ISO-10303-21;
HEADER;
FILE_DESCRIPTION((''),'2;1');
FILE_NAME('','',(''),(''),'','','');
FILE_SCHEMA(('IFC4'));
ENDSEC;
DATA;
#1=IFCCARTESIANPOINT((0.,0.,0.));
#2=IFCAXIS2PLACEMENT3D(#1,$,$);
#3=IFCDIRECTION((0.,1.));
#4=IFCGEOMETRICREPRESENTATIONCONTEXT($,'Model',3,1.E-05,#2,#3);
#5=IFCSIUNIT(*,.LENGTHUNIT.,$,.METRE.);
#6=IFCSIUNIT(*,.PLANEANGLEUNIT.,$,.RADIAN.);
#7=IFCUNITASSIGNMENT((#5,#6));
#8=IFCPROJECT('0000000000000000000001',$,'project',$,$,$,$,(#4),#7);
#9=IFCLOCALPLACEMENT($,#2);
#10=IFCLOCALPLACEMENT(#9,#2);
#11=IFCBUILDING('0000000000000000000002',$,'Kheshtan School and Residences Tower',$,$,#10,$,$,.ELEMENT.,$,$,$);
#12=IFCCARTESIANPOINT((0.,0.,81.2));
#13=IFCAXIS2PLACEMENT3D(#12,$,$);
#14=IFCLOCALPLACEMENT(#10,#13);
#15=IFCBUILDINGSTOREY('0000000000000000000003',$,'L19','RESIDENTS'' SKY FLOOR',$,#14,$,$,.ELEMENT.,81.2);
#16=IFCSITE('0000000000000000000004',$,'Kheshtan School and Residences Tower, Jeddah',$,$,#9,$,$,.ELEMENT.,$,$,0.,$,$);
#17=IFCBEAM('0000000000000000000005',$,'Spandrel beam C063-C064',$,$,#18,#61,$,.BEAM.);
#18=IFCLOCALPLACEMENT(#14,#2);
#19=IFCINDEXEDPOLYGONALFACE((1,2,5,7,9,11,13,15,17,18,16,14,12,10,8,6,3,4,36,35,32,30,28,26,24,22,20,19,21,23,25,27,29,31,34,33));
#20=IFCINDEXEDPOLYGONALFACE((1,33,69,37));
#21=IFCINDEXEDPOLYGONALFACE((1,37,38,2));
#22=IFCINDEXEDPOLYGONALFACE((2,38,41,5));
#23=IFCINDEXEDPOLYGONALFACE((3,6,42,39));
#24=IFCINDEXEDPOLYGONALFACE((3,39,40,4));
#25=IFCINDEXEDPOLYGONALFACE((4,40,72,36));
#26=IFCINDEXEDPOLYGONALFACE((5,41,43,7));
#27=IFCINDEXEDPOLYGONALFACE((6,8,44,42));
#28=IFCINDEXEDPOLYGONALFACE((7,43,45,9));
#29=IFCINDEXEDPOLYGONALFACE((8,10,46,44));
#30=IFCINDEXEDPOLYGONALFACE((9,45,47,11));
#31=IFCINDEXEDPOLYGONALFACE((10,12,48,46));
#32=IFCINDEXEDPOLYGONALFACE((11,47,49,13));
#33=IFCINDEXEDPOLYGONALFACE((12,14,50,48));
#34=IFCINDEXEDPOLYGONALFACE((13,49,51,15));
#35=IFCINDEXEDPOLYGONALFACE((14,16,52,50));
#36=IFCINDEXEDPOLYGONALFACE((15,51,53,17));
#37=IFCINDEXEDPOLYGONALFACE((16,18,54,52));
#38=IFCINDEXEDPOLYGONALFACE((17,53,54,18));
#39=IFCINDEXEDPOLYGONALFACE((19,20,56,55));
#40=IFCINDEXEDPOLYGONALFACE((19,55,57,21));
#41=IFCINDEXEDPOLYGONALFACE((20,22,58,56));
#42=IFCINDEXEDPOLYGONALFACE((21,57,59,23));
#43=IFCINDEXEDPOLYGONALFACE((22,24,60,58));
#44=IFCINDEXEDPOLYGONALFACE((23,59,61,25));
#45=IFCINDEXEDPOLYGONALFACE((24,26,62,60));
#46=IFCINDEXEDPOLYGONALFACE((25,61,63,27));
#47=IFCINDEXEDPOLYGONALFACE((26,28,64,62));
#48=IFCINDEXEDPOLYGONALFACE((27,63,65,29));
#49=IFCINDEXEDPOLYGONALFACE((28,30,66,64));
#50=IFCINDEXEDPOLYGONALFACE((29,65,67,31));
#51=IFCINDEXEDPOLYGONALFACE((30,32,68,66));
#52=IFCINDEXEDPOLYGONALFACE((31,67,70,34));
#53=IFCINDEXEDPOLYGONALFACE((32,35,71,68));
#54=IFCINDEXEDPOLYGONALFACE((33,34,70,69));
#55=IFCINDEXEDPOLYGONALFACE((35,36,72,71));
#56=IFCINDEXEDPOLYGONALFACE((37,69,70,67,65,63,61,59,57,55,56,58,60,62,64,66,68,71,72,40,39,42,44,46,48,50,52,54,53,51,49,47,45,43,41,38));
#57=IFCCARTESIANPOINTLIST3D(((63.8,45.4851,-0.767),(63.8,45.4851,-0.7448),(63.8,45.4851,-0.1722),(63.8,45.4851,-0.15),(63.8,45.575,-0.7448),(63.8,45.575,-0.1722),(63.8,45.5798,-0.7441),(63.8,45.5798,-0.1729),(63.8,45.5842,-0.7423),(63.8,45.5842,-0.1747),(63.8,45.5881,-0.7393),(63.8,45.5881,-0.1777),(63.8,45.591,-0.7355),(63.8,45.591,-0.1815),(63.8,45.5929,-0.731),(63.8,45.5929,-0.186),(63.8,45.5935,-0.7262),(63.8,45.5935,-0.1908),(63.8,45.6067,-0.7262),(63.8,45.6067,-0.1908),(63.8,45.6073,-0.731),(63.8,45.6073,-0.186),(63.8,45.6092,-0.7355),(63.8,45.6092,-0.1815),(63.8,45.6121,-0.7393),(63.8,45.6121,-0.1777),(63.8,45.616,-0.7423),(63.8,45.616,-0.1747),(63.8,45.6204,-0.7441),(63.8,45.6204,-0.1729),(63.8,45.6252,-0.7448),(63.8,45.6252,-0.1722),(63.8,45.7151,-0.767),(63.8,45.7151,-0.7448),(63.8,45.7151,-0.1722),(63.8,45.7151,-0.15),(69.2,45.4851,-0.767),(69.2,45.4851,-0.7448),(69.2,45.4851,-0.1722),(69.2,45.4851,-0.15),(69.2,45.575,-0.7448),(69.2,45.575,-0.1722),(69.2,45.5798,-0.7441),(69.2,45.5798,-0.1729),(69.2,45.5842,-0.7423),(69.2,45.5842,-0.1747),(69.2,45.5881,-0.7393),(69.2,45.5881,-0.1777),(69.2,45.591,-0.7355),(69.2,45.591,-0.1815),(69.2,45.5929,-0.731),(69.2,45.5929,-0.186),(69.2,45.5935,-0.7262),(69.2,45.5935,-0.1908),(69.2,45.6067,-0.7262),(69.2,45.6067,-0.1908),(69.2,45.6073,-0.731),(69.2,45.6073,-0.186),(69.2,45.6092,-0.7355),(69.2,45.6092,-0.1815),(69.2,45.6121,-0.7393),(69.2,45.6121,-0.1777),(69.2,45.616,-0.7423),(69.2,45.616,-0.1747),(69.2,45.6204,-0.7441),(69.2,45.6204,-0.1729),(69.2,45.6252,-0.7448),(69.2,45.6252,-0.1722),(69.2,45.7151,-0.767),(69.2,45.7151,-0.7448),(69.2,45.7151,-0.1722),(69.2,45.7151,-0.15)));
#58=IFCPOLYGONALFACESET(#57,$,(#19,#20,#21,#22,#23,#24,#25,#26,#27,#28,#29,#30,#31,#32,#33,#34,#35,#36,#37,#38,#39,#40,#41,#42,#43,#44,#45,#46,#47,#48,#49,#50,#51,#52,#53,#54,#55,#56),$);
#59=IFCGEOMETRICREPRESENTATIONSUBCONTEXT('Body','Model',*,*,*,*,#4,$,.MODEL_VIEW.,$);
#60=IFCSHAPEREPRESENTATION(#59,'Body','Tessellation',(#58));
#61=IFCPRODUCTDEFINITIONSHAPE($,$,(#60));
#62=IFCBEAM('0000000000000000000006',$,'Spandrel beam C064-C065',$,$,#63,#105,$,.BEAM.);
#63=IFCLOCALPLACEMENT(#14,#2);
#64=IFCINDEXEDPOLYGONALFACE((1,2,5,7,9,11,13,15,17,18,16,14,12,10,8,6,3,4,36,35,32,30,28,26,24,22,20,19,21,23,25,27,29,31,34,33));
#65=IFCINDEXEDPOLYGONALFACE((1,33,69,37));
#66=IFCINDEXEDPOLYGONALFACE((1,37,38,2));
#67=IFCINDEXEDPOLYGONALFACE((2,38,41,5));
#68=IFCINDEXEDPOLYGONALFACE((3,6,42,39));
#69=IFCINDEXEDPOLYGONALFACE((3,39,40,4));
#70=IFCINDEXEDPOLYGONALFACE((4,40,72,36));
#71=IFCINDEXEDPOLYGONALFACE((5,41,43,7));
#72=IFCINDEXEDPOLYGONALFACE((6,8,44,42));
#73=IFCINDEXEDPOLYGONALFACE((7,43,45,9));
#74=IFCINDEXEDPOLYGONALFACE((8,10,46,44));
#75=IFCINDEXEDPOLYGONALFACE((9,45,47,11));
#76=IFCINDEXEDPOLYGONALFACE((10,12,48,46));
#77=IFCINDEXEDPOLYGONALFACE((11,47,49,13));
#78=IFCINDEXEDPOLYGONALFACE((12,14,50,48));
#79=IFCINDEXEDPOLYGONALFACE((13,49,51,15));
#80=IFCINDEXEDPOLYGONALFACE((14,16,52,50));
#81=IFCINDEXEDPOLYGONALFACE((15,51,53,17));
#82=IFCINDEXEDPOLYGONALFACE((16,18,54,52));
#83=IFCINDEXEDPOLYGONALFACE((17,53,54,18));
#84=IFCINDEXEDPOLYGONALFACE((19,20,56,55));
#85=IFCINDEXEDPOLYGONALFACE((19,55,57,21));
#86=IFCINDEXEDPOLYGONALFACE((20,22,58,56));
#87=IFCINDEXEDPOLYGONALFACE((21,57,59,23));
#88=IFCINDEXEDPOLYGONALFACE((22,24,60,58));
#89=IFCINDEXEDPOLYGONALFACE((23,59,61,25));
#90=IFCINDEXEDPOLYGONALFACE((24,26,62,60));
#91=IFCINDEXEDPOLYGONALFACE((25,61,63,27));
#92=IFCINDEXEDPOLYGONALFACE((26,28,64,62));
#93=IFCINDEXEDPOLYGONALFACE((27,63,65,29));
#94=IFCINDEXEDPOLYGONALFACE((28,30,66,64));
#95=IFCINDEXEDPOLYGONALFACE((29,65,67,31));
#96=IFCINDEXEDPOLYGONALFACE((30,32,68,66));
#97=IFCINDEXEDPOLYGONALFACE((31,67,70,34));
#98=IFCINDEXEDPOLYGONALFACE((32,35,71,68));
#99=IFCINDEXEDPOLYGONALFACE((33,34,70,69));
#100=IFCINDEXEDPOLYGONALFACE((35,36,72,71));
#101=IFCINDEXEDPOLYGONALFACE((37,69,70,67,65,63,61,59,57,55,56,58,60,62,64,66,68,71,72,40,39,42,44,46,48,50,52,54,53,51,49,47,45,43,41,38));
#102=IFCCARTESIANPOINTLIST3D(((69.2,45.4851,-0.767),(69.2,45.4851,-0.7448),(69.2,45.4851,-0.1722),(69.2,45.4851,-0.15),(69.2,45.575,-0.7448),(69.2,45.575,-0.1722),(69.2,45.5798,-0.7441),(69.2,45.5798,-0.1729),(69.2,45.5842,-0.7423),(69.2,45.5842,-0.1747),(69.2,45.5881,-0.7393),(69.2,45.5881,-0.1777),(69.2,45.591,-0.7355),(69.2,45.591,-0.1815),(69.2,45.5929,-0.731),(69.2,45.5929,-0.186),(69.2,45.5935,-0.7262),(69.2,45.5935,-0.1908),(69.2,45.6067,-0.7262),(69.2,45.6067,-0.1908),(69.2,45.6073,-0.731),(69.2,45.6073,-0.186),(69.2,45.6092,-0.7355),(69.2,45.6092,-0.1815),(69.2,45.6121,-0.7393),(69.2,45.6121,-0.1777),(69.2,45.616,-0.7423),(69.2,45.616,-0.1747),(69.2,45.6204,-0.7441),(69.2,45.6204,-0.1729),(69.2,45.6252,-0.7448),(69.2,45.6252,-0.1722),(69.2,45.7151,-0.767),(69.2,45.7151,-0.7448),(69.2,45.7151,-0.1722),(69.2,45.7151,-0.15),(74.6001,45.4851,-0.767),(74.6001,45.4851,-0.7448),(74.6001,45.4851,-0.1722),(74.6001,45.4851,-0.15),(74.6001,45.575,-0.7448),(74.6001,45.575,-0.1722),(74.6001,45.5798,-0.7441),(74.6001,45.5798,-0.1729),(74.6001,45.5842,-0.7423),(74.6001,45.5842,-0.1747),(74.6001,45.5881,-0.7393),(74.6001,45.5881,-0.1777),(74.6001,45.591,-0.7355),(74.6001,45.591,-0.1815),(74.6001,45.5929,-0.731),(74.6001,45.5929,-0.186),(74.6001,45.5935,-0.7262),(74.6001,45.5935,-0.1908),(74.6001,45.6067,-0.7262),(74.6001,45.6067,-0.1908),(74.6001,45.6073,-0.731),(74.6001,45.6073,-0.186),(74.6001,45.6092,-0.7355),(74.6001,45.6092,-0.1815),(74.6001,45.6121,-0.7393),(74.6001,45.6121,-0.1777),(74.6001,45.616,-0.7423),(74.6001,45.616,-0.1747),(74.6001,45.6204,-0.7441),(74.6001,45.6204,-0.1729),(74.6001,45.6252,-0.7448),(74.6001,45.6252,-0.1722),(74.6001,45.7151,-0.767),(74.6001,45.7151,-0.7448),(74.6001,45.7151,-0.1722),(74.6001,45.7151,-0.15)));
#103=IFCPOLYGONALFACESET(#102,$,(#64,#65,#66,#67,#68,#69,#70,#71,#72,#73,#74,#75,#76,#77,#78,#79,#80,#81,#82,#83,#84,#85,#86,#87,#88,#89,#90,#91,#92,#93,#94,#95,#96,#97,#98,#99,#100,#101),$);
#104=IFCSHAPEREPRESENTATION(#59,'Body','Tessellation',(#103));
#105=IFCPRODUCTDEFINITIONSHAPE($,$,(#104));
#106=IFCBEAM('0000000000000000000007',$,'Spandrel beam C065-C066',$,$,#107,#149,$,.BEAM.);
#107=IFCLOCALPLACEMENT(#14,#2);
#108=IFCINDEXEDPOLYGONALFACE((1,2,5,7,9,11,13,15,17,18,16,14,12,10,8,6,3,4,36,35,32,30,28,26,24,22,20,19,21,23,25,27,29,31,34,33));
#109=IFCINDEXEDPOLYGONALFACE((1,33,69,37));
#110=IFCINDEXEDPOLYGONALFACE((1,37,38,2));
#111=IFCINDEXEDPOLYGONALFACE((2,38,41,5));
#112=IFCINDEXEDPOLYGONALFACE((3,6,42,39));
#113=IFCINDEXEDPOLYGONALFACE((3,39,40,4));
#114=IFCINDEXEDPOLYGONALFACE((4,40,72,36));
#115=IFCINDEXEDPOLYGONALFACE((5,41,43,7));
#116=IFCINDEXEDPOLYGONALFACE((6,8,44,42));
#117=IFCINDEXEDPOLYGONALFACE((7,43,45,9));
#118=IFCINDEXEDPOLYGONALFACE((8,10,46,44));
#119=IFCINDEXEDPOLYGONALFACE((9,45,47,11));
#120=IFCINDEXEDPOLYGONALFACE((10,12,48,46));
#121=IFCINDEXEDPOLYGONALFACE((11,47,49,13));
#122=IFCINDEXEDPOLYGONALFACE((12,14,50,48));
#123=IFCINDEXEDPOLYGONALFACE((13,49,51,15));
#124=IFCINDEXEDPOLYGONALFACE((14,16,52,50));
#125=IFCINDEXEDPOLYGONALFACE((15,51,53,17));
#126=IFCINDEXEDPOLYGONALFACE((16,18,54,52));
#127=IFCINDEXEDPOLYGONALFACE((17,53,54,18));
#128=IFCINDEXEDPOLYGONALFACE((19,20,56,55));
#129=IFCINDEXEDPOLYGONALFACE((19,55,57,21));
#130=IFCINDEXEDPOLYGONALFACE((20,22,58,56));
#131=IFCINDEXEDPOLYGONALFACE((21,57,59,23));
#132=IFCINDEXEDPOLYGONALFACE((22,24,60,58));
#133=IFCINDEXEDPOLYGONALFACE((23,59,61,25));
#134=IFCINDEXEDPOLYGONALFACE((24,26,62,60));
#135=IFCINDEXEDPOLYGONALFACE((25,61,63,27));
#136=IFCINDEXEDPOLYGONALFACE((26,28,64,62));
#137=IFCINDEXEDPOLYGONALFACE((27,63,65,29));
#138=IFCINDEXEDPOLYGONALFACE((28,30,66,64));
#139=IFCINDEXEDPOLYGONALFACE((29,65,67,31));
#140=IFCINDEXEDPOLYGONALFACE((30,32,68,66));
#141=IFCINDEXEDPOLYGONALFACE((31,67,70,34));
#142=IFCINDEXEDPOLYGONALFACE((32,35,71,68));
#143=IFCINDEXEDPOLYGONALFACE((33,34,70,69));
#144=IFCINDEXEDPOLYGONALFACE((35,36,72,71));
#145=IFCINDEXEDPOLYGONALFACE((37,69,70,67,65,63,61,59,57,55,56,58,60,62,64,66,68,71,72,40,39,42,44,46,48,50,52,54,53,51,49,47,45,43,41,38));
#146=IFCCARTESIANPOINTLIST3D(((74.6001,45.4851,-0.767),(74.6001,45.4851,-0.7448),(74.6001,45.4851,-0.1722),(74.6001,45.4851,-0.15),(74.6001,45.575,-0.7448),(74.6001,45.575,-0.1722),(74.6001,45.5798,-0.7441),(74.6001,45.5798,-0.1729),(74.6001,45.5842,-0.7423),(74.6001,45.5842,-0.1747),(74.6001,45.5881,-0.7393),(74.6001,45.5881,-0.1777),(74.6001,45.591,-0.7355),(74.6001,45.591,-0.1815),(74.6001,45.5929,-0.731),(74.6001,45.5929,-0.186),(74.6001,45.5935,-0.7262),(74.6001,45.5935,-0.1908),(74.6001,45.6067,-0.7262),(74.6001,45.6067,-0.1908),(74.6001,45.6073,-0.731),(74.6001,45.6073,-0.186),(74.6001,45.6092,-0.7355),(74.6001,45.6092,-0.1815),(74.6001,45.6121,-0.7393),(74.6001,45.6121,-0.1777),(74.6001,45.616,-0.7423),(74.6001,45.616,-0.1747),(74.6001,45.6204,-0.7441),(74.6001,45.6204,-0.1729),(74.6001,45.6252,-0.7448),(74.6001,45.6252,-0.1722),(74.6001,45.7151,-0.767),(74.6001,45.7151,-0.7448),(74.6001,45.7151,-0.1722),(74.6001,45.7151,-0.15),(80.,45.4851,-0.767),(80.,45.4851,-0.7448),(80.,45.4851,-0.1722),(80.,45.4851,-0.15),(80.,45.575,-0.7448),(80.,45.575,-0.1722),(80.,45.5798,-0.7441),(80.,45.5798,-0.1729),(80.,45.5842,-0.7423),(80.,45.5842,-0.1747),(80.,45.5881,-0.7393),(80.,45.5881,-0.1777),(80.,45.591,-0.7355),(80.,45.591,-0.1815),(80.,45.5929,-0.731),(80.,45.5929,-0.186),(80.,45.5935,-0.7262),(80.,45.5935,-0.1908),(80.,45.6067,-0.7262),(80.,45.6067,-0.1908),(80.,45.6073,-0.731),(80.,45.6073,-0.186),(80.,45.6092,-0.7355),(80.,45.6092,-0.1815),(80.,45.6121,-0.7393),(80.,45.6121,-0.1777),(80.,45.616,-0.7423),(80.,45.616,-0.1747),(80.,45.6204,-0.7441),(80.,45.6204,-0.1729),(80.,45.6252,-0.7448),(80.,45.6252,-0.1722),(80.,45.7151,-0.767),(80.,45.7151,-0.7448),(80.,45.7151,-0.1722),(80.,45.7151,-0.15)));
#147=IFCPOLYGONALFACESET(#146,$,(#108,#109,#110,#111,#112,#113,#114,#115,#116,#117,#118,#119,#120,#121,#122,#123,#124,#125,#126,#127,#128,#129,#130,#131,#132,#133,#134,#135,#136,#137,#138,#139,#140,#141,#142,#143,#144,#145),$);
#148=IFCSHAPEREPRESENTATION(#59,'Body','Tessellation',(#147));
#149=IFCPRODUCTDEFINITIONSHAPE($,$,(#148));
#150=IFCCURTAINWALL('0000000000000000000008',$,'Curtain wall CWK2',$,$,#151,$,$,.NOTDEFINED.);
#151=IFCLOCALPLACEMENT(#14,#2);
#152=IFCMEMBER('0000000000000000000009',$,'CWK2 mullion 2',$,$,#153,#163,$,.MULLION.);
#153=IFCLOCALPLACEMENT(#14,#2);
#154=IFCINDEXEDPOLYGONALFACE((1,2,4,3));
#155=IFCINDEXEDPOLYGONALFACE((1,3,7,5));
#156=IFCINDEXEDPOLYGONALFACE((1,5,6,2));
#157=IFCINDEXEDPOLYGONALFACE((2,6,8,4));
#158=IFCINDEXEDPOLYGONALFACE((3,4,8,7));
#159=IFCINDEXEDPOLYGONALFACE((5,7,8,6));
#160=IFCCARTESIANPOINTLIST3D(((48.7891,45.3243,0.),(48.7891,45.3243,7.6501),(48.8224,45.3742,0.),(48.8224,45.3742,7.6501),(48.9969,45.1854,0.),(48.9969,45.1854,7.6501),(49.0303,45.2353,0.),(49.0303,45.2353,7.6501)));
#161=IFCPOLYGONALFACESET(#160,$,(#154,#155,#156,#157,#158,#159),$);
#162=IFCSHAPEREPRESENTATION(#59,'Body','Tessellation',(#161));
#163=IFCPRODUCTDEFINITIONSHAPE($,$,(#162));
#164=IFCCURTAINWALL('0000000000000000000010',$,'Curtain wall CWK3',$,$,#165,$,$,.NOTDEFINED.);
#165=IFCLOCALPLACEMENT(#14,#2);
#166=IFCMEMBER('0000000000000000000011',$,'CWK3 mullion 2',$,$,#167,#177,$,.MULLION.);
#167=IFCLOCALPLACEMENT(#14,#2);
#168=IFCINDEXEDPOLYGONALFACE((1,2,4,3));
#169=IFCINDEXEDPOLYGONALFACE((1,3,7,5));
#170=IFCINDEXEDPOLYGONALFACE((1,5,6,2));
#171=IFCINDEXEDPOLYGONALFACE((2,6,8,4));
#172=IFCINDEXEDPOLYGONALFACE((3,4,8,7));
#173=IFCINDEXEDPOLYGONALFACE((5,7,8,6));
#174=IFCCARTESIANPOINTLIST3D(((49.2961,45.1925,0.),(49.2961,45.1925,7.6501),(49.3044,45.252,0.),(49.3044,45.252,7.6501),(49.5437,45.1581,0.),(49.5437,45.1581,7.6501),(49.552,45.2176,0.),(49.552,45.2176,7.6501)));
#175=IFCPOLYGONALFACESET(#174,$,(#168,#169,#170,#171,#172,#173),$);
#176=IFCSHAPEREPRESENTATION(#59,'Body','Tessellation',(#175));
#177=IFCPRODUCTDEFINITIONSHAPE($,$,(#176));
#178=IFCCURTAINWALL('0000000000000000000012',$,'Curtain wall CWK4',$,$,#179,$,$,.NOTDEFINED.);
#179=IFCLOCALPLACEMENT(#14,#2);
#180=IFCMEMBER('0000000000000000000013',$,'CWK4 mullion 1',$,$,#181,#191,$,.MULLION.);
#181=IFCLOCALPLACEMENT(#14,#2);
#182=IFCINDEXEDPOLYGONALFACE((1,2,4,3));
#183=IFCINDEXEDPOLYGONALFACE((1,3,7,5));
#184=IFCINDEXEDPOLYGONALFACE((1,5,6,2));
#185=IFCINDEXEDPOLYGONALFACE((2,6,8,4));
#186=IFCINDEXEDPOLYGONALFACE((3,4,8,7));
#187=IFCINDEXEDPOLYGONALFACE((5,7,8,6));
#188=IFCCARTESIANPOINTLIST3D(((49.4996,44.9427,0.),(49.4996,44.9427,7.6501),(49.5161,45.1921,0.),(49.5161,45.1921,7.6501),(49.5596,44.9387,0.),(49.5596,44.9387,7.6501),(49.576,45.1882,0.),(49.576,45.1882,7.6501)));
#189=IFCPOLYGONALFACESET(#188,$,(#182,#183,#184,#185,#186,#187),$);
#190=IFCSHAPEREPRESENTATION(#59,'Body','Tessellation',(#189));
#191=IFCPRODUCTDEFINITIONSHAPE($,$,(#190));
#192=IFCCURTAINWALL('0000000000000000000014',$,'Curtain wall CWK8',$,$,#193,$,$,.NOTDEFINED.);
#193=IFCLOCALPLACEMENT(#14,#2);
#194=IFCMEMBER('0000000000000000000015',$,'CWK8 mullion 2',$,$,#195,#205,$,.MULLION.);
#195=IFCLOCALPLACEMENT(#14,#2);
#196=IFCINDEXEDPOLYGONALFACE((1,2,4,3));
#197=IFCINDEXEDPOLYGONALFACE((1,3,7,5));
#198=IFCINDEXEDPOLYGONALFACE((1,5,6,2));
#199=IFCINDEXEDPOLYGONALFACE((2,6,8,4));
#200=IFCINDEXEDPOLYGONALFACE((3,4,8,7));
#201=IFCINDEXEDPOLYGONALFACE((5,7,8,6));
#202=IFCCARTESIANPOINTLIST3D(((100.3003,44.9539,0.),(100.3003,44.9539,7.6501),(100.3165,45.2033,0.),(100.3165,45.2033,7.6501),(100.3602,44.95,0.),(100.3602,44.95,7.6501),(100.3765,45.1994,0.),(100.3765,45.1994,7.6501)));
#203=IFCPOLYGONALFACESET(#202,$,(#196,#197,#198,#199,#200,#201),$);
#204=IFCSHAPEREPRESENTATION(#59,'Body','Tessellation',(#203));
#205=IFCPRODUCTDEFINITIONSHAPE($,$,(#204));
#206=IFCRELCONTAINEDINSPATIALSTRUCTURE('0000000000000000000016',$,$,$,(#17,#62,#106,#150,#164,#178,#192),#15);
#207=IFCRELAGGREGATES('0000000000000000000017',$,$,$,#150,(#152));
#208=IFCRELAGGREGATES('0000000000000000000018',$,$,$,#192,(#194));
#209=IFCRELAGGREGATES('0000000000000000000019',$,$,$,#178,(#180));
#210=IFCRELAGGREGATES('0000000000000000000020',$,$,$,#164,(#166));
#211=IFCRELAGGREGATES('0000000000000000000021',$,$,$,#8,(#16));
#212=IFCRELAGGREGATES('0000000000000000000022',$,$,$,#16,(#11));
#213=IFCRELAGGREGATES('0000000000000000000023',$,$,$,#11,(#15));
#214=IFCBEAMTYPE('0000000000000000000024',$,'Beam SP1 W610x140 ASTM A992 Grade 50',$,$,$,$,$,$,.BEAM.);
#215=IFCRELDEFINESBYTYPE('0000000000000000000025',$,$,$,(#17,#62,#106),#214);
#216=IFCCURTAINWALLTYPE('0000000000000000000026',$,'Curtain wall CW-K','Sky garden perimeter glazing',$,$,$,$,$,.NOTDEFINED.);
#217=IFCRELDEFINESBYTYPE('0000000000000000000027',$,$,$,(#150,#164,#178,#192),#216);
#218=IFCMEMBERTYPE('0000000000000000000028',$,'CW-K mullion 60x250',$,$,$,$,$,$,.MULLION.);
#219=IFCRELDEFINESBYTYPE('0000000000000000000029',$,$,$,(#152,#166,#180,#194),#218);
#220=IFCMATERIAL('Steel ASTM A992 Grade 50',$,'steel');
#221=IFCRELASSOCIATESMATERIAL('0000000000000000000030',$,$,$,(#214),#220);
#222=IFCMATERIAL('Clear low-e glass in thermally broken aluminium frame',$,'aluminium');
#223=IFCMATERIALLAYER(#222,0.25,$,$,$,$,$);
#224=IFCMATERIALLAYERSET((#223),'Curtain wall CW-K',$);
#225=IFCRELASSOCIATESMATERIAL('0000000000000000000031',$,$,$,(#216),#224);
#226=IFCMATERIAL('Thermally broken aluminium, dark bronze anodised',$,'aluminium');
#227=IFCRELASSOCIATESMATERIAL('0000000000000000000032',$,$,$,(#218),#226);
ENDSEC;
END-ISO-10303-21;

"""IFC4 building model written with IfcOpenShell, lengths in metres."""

from ifc_helpers import new_model, si_unit, direction, frame, origin, origin_2d, place, context, subcontext, project, spatial, rectangle, i_section, extrude, material, layer, layer_set, material_profile, profile_set, type_object, element, aggregate, save


model = new_model("IFC4")

# Units and contexts
model_context = context("Model", 3, precision=1e-05, world=origin(), true_north=direction((0.0, 1.0)))
body_context = subcontext(model_context, "Body", "Model", "MODEL_VIEW")
ifc_project = project(units=[si_unit("LENGTHUNIT", "METRE"), si_unit("PLANEANGLEUNIT", "RADIAN")], contexts=[model_context])

# Site, building, storey
site_placement = place(None, origin())
site = spatial("IfcSite", under=ifc_project, at=site_placement, Name="Kheshtan School and Residences Tower, Jeddah", CompositionType="ELEMENT", RefElevation=0.0)
building_placement = place(site_placement, origin())
building = spatial("IfcBuilding", under=site, at=building_placement, Name="Kheshtan School and Residences Tower", CompositionType="ELEMENT")
storey_placement = place(building_placement, frame((0.0, 0.0, 81.2)))
storey = spatial("IfcBuildingStorey", under=building, at=storey_placement, Name="L19", Description="RESIDENTS' SKY FLOOR", CompositionType="ELEMENT", Elevation=81.2)

# Shared definitions
ifc_material_1 = material(Name="Steel ASTM A992 Grade 50", Category="steel")

# Beams
ifc_material_profile_1 = material_profile(ifc_material_1, i_section(OverallWidth=0.23, OverallDepth=0.6169, WebThickness=0.0132, FlangeThickness=0.0222, FilletRadius=0.0186, at=origin_2d()), Name="W610x140")
ifc_profile_set_1 = profile_set([ifc_material_profile_1], Name="Steel ASTM A992 Grade 50")
beam_type_1 = type_object("IfcBeamType", Name="Beam SP1 W610x140 ASTM A992 Grade 50", PredefinedType="BEAM", material=ifc_profile_set_1)
beam_1_placement = place(storey_placement, frame((63.8, 45.6001, -0.4585), z_axis=(1.0, 0.0, 0.0), x_axis=(0.0, 1.0, 0.0)))
element("IfcBeam", 1, at=beam_1_placement, inside=storey, type_object=beam_type_1, Name="Spandrel beam C063-C064", PredefinedType="BEAM", context=body_context, shape_type="SweptSolid", body=[
    extrude(i_section(OverallWidth=0.23, OverallDepth=0.6169, WebThickness=0.0132, FlangeThickness=0.0222, FilletRadius=0.0186, at=origin_2d()), origin(), (0.0, 0.0, 1.0), 5.3999),
])
beam_2_placement = place(storey_placement, frame((69.2, 45.6001, -0.4585), z_axis=(1.0, 0.0, 0.0), x_axis=(0.0, 1.0, 0.0)))
element("IfcBeam", 2, at=beam_2_placement, inside=storey, type_object=beam_type_1, Name="Spandrel beam C064-C065", PredefinedType="BEAM", context=body_context, shape_type="SweptSolid", body=[
    extrude(i_section(OverallWidth=0.23, OverallDepth=0.6169, WebThickness=0.0132, FlangeThickness=0.0222, FilletRadius=0.0186, at=origin_2d()), origin(), (0.0, 0.0, 1.0), 5.4001),
])
beam_3_placement = place(storey_placement, frame((74.6001, 45.6001, -0.4585), z_axis=(1.0, 0.0, 0.0), x_axis=(0.0, 1.0, 0.0)))
element("IfcBeam", 3, at=beam_3_placement, inside=storey, type_object=beam_type_1, Name="Spandrel beam C065-C066", PredefinedType="BEAM", context=body_context, shape_type="SweptSolid", body=[
    extrude(i_section(OverallWidth=0.23, OverallDepth=0.6169, WebThickness=0.0132, FlangeThickness=0.0222, FilletRadius=0.0186, at=origin_2d()), origin(), (0.0, 0.0, 1.0), 5.3999),
])

# Curtain walls, members
ifc_material_2 = material(Name="Clear low-e glass in thermally broken aluminium frame", Category="aluminium")
ifc_layer_1 = layer(ifc_material_2, 0.25)
ifc_layer_set_1 = layer_set([ifc_layer_1], Name="Curtain wall CW-K")
curtain_wall_type = type_object("IfcCurtainWallType", Name="Curtain wall CW-K", Description="Sky garden perimeter glazing", PredefinedType="NOTDEFINED", material=ifc_layer_set_1)
curtain_wall_1_placement = place(storey_placement, origin())
curtain_wall_1 = element("IfcCurtainWall", 4, at=curtain_wall_1_placement, inside=storey, type_object=curtain_wall_type, Name="Curtain wall CWK2", PredefinedType="NOTDEFINED")
ifc_material_3 = material(Name="Thermally broken aluminium, dark bronze anodised", Category="aluminium")
ifc_material_profile_2 = material_profile(ifc_material_3, rectangle(XDim=0.0601, YDim=0.25, at=origin_2d()), Name="CW-K mullion 60x250")
ifc_profile_set_2 = profile_set([ifc_material_profile_2], Name="Thermally broken aluminium, dark bronze anodised")
member_type_1 = type_object("IfcMemberType", Name="CW-K mullion 60x250", PredefinedType="MULLION", material=ifc_profile_set_2)
member_1_placement = place(storey_placement, frame((48.9097, 45.2798, 0.0), z_axis=(0.0, 0.0, 1.0), x_axis=(0.555745, 0.831353, 0.0)))
member_1 = element("IfcMember", 5, at=member_1_placement, type_object=member_type_1, Name="CWK2 mullion 2", PredefinedType="MULLION", context=body_context, shape_type="SweptSolid", body=[
    extrude(rectangle(XDim=0.0601, YDim=0.25, at=origin_2d()), origin(), (0.0, 0.0, 1.0), 7.6501),
])
aggregate(curtain_wall_1, [member_1])
curtain_wall_2_placement = place(storey_placement, origin())
curtain_wall_2 = element("IfcCurtainWall", 6, at=curtain_wall_2_placement, inside=storey, type_object=curtain_wall_type, Name="Curtain wall CWK3", PredefinedType="NOTDEFINED")
member_2_placement = place(storey_placement, frame((49.4241, 45.2051, 0.0), z_axis=(0.0, 0.0, 1.0), x_axis=(0.137713, 0.990472, 0.0)))
member_2 = element("IfcMember", 7, at=member_2_placement, type_object=member_type_1, Name="CWK3 mullion 2", PredefinedType="MULLION", context=body_context, shape_type="SweptSolid", body=[
    extrude(rectangle(XDim=0.0601, YDim=0.25, at=origin_2d()), origin(), (0.0, 0.0, 1.0), 7.6501),
])
curtain_wall_3_placement = place(storey_placement, origin())
curtain_wall_3 = element("IfcCurtainWall", 8, at=curtain_wall_3_placement, inside=storey, type_object=curtain_wall_type, Name="Curtain wall CWK4", PredefinedType="NOTDEFINED")
member_3_placement = place(storey_placement, frame((49.5378, 45.0654, 0.0), z_axis=(0.0, 0.0, 1.0), x_axis=(0.997829, -0.065855, 0.0)))
member_3 = element("IfcMember", 9, at=member_3_placement, type_object=member_type_1, Name="CWK4 mullion 1", PredefinedType="MULLION", context=body_context, shape_type="SweptSolid", body=[
    extrude(rectangle(XDim=0.0601, YDim=0.25, at=origin_2d()), origin(), (0.0, 0.0, 1.0), 7.6501),
])
curtain_wall_4_placement = place(storey_placement, origin())
curtain_wall_4 = element("IfcCurtainWall", 10, at=curtain_wall_4_placement, inside=storey, type_object=curtain_wall_type, Name="Curtain wall CWK8", PredefinedType="NOTDEFINED")
member_4_placement = place(storey_placement, frame((100.3384, 45.0767, 0.0), z_axis=(0.0, 0.0, 1.0), x_axis=(-0.997894, 0.064863, 0.0)))
member_4 = element("IfcMember", 11, at=member_4_placement, type_object=member_type_1, Name="CWK8 mullion 2", PredefinedType="MULLION", context=body_context, shape_type="SweptSolid", body=[
    extrude(rectangle(XDim=0.0601, YDim=0.25, at=origin_2d()), origin(), (0.0, 0.0, 1.0), 7.6501),
])
aggregate(curtain_wall_4, [member_4])

aggregate(curtain_wall_3, [member_3])

aggregate(curtain_wall_2, [member_2])

save(model, "model.ifc")
